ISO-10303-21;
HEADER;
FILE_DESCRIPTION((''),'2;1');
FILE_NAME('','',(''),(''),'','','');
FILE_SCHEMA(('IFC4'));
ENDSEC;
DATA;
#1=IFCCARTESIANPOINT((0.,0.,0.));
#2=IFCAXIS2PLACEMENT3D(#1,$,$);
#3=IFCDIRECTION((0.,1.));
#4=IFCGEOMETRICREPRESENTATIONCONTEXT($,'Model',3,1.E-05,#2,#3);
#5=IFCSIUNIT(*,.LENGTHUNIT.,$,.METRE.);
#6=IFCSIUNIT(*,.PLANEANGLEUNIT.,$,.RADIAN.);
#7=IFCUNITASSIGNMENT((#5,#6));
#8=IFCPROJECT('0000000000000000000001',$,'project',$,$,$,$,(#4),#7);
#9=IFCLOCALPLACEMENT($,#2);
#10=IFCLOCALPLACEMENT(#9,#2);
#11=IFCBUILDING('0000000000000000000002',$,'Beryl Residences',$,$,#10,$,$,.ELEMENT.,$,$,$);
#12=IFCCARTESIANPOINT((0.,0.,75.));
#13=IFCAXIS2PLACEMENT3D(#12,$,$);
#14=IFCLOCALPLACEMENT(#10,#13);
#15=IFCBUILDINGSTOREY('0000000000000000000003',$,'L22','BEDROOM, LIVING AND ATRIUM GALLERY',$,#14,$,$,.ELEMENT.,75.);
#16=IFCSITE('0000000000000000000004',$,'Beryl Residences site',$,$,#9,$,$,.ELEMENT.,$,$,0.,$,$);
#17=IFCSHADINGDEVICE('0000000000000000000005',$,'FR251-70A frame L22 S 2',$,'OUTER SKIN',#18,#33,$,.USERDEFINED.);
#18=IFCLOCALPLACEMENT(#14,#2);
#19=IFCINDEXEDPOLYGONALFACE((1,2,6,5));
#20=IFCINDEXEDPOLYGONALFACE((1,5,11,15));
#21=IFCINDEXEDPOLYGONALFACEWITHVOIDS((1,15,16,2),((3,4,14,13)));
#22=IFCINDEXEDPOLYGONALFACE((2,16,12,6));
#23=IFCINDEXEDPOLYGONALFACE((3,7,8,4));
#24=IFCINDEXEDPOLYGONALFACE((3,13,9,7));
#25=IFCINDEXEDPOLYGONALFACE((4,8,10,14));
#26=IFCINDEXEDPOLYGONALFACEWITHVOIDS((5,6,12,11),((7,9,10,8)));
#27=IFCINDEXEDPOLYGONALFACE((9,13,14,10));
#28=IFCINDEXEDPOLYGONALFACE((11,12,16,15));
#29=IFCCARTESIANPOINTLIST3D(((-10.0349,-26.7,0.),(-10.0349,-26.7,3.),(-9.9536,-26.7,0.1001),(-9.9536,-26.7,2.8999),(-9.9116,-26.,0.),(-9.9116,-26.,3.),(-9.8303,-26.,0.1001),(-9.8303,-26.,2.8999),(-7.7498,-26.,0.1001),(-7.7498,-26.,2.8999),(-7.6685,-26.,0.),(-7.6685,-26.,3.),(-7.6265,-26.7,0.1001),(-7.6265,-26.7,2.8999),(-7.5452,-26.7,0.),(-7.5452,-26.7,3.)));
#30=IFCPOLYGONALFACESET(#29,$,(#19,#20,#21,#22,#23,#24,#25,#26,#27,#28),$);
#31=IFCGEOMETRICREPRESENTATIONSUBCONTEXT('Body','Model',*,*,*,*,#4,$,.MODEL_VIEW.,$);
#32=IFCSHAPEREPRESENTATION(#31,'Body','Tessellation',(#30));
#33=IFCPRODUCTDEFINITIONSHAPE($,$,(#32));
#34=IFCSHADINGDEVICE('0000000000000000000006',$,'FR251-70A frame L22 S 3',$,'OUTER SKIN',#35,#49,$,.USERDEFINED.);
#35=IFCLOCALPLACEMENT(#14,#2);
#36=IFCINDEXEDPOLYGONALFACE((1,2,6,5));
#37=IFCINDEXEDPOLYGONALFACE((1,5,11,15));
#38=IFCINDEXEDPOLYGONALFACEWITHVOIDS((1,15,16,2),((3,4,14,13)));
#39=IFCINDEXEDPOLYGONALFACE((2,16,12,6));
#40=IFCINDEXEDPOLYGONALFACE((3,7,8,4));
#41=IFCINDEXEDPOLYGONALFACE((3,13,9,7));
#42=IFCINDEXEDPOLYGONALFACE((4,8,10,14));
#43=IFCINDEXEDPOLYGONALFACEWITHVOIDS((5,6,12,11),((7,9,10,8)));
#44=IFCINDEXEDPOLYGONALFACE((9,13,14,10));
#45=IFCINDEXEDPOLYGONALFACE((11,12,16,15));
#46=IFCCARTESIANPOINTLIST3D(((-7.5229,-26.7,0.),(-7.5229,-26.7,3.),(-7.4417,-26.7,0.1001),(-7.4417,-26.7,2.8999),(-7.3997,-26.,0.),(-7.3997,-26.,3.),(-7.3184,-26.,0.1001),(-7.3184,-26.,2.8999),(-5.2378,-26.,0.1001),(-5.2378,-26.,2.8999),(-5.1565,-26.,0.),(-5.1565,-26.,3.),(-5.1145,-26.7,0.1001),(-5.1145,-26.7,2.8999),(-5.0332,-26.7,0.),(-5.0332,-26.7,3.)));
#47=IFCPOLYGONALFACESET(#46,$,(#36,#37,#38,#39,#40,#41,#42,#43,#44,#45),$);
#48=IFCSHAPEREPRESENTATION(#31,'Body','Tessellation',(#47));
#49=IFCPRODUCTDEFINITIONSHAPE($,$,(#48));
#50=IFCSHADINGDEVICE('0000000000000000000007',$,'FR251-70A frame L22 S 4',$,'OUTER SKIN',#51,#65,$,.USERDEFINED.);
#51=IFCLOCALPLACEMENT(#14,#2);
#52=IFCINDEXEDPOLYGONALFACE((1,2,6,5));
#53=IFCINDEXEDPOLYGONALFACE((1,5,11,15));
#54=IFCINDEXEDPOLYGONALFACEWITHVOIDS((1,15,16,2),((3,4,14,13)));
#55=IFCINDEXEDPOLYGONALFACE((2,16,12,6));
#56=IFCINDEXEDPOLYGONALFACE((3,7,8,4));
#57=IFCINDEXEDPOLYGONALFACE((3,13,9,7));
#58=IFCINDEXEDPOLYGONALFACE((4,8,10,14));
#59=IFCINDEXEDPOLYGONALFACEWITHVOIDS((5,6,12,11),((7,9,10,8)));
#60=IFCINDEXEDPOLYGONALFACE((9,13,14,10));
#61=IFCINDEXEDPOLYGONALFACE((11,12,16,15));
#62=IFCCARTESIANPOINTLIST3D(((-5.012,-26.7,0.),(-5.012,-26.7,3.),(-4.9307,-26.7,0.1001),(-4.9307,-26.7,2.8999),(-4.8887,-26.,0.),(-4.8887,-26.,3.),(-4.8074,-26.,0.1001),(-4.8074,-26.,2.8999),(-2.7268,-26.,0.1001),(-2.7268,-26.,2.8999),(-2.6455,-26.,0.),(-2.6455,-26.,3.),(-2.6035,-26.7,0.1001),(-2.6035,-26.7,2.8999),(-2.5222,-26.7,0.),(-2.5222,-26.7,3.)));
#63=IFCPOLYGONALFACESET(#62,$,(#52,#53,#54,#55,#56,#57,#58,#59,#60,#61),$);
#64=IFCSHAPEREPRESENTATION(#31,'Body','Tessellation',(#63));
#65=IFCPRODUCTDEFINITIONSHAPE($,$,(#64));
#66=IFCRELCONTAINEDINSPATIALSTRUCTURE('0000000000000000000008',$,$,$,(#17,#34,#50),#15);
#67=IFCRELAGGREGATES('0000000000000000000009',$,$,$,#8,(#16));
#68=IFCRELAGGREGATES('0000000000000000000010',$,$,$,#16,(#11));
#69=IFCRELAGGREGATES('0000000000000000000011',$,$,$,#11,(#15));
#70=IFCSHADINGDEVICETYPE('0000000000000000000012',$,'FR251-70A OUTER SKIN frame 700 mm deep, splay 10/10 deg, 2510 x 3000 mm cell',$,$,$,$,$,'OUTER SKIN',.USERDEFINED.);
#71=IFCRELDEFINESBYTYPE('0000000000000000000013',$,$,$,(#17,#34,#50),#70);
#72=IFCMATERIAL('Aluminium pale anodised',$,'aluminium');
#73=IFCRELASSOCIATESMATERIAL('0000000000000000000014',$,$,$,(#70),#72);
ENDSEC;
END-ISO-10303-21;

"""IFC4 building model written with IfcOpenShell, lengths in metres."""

from ifc_helpers import new_model, entity, si_unit, direction, frame, origin, place, context, subcontext, project, spatial, source, transform, mapped, material, type_object, type_shapes, element, save


model = new_model("IFC4")

# Units and contexts
model_context = context("Model", 3, precision=1e-05, world=origin(), true_north=direction((0.0, 1.0)))
body_context = subcontext(model_context, "Body", "Model", "MODEL_VIEW")
ifc_project = project(units=[si_unit("LENGTHUNIT", "METRE"), si_unit("PLANEANGLEUNIT", "RADIAN")], contexts=[model_context])

# Site, building, storey
site_placement = place(None, origin())
site = spatial("IfcSite", under=ifc_project, at=site_placement, Name="Beryl Residences site", CompositionType="ELEMENT", RefElevation=0.0)
building_placement = place(site_placement, origin())
building = spatial("IfcBuilding", under=site, at=building_placement, Name="Beryl Residences", CompositionType="ELEMENT")
storey_placement = place(building_placement, frame((0.0, 0.0, 75.0)))
storey = spatial("IfcBuildingStorey", under=building, at=storey_placement, Name="L22", Description="BEDROOM, LIVING AND ATRIUM GALLERY", CompositionType="ELEMENT", Elevation=75.0)

# Shading devices
ifc_material_1 = material(Name="Aluminium pale anodised", Category="aluminium")
shading_device_type = type_object("IfcShadingDeviceType", Name="FR251-70A OUTER SKIN frame 700 mm deep, splay 10/10 deg, 2510 x 3000 mm cell", ElementType="OUTER SKIN", PredefinedType="USERDEFINED", material=ifc_material_1)
cartesian_point_1 = entity("IfcCartesianPoint", [-1.1216, 0.0])
cartesian_point_2 = entity("IfcCartesianPoint", [-1.0403, 0.1001])
cartesian_point_3 = entity("IfcCartesianPoint", [-1.2449, 0.0])
cartesian_point_4 = entity("IfcCartesianPoint", [-1.1636, 0.1001])
shared_shape = source(origin(), body_context, "Body", "SweptSolid", [
    entity("IfcExtrudedAreaSolidTapered", entity("IfcArbitraryProfileDefWithVoids", "AREA", None, entity("IfcPolyline", [cartesian_point_1, entity("IfcCartesianPoint", [1.1216, 0.0]), entity("IfcCartesianPoint", [1.1216, 3.0]), entity("IfcCartesianPoint", [-1.1216, 3.0]), cartesian_point_1]), [entity("IfcPolyline", [cartesian_point_2, entity("IfcCartesianPoint", [1.0403, 0.1001]), entity("IfcCartesianPoint", [1.0403, 2.8999]), entity("IfcCartesianPoint", [-1.0403, 2.8999]), cartesian_point_2])]), entity("IfcAxis2Placement3D", entity("IfcCartesianPoint", [0.0, 0.0, 0.0]), entity("IfcDirection", [0.0, 1.0, 0.0]), entity("IfcDirection", [-1.0, 0.0, 0.0])), entity("IfcDirection", [0.0, 0.0, 1.0]), 0.7, entity("IfcArbitraryProfileDefWithVoids", "AREA", None, entity("IfcPolyline", [cartesian_point_3, entity("IfcCartesianPoint", [1.2449, 0.0]), entity("IfcCartesianPoint", [1.2449, 3.0]), entity("IfcCartesianPoint", [-1.2449, 3.0]), cartesian_point_3]), [entity("IfcPolyline", [cartesian_point_4, entity("IfcCartesianPoint", [1.1636, 0.1001]), entity("IfcCartesianPoint", [1.1636, 2.8999]), entity("IfcCartesianPoint", [-1.1636, 2.8999]), cartesian_point_4])])),
])
type_shapes(shading_device_type, [shared_shape])
for number, where, z_axis, x_axis, name in (
    (1, (-8.79, -26.0, 0.0), (0.0, 0.0, 1.0), (-1.0, 0.0, 0.0), "FR251-70A frame L22 S 2"),
    (2, (-6.2781, -26.0, 0.0), (0.0, 0.0, 1.0), (-1.0, 0.0, 0.0), "FR251-70A frame L22 S 3"),
    (3, (-3.7671, -26.0, 0.0), (0.0, 0.0, 1.0), (-1.0, 0.0, 0.0), "FR251-70A frame L22 S 4"),
):
    element("IfcShadingDevice", number, at=place(storey_placement, frame(where, z_axis=z_axis, x_axis=x_axis)), inside=storey, type_object=shading_device_type, Name=name, ObjectType="OUTER SKIN", PredefinedType="USERDEFINED", context=body_context, shape_type="MappedRepresentation", body=[
        mapped(shared_shape, transform((0.0, 0.0, 0.0))),
    ])

save(model, "model.ifc")
